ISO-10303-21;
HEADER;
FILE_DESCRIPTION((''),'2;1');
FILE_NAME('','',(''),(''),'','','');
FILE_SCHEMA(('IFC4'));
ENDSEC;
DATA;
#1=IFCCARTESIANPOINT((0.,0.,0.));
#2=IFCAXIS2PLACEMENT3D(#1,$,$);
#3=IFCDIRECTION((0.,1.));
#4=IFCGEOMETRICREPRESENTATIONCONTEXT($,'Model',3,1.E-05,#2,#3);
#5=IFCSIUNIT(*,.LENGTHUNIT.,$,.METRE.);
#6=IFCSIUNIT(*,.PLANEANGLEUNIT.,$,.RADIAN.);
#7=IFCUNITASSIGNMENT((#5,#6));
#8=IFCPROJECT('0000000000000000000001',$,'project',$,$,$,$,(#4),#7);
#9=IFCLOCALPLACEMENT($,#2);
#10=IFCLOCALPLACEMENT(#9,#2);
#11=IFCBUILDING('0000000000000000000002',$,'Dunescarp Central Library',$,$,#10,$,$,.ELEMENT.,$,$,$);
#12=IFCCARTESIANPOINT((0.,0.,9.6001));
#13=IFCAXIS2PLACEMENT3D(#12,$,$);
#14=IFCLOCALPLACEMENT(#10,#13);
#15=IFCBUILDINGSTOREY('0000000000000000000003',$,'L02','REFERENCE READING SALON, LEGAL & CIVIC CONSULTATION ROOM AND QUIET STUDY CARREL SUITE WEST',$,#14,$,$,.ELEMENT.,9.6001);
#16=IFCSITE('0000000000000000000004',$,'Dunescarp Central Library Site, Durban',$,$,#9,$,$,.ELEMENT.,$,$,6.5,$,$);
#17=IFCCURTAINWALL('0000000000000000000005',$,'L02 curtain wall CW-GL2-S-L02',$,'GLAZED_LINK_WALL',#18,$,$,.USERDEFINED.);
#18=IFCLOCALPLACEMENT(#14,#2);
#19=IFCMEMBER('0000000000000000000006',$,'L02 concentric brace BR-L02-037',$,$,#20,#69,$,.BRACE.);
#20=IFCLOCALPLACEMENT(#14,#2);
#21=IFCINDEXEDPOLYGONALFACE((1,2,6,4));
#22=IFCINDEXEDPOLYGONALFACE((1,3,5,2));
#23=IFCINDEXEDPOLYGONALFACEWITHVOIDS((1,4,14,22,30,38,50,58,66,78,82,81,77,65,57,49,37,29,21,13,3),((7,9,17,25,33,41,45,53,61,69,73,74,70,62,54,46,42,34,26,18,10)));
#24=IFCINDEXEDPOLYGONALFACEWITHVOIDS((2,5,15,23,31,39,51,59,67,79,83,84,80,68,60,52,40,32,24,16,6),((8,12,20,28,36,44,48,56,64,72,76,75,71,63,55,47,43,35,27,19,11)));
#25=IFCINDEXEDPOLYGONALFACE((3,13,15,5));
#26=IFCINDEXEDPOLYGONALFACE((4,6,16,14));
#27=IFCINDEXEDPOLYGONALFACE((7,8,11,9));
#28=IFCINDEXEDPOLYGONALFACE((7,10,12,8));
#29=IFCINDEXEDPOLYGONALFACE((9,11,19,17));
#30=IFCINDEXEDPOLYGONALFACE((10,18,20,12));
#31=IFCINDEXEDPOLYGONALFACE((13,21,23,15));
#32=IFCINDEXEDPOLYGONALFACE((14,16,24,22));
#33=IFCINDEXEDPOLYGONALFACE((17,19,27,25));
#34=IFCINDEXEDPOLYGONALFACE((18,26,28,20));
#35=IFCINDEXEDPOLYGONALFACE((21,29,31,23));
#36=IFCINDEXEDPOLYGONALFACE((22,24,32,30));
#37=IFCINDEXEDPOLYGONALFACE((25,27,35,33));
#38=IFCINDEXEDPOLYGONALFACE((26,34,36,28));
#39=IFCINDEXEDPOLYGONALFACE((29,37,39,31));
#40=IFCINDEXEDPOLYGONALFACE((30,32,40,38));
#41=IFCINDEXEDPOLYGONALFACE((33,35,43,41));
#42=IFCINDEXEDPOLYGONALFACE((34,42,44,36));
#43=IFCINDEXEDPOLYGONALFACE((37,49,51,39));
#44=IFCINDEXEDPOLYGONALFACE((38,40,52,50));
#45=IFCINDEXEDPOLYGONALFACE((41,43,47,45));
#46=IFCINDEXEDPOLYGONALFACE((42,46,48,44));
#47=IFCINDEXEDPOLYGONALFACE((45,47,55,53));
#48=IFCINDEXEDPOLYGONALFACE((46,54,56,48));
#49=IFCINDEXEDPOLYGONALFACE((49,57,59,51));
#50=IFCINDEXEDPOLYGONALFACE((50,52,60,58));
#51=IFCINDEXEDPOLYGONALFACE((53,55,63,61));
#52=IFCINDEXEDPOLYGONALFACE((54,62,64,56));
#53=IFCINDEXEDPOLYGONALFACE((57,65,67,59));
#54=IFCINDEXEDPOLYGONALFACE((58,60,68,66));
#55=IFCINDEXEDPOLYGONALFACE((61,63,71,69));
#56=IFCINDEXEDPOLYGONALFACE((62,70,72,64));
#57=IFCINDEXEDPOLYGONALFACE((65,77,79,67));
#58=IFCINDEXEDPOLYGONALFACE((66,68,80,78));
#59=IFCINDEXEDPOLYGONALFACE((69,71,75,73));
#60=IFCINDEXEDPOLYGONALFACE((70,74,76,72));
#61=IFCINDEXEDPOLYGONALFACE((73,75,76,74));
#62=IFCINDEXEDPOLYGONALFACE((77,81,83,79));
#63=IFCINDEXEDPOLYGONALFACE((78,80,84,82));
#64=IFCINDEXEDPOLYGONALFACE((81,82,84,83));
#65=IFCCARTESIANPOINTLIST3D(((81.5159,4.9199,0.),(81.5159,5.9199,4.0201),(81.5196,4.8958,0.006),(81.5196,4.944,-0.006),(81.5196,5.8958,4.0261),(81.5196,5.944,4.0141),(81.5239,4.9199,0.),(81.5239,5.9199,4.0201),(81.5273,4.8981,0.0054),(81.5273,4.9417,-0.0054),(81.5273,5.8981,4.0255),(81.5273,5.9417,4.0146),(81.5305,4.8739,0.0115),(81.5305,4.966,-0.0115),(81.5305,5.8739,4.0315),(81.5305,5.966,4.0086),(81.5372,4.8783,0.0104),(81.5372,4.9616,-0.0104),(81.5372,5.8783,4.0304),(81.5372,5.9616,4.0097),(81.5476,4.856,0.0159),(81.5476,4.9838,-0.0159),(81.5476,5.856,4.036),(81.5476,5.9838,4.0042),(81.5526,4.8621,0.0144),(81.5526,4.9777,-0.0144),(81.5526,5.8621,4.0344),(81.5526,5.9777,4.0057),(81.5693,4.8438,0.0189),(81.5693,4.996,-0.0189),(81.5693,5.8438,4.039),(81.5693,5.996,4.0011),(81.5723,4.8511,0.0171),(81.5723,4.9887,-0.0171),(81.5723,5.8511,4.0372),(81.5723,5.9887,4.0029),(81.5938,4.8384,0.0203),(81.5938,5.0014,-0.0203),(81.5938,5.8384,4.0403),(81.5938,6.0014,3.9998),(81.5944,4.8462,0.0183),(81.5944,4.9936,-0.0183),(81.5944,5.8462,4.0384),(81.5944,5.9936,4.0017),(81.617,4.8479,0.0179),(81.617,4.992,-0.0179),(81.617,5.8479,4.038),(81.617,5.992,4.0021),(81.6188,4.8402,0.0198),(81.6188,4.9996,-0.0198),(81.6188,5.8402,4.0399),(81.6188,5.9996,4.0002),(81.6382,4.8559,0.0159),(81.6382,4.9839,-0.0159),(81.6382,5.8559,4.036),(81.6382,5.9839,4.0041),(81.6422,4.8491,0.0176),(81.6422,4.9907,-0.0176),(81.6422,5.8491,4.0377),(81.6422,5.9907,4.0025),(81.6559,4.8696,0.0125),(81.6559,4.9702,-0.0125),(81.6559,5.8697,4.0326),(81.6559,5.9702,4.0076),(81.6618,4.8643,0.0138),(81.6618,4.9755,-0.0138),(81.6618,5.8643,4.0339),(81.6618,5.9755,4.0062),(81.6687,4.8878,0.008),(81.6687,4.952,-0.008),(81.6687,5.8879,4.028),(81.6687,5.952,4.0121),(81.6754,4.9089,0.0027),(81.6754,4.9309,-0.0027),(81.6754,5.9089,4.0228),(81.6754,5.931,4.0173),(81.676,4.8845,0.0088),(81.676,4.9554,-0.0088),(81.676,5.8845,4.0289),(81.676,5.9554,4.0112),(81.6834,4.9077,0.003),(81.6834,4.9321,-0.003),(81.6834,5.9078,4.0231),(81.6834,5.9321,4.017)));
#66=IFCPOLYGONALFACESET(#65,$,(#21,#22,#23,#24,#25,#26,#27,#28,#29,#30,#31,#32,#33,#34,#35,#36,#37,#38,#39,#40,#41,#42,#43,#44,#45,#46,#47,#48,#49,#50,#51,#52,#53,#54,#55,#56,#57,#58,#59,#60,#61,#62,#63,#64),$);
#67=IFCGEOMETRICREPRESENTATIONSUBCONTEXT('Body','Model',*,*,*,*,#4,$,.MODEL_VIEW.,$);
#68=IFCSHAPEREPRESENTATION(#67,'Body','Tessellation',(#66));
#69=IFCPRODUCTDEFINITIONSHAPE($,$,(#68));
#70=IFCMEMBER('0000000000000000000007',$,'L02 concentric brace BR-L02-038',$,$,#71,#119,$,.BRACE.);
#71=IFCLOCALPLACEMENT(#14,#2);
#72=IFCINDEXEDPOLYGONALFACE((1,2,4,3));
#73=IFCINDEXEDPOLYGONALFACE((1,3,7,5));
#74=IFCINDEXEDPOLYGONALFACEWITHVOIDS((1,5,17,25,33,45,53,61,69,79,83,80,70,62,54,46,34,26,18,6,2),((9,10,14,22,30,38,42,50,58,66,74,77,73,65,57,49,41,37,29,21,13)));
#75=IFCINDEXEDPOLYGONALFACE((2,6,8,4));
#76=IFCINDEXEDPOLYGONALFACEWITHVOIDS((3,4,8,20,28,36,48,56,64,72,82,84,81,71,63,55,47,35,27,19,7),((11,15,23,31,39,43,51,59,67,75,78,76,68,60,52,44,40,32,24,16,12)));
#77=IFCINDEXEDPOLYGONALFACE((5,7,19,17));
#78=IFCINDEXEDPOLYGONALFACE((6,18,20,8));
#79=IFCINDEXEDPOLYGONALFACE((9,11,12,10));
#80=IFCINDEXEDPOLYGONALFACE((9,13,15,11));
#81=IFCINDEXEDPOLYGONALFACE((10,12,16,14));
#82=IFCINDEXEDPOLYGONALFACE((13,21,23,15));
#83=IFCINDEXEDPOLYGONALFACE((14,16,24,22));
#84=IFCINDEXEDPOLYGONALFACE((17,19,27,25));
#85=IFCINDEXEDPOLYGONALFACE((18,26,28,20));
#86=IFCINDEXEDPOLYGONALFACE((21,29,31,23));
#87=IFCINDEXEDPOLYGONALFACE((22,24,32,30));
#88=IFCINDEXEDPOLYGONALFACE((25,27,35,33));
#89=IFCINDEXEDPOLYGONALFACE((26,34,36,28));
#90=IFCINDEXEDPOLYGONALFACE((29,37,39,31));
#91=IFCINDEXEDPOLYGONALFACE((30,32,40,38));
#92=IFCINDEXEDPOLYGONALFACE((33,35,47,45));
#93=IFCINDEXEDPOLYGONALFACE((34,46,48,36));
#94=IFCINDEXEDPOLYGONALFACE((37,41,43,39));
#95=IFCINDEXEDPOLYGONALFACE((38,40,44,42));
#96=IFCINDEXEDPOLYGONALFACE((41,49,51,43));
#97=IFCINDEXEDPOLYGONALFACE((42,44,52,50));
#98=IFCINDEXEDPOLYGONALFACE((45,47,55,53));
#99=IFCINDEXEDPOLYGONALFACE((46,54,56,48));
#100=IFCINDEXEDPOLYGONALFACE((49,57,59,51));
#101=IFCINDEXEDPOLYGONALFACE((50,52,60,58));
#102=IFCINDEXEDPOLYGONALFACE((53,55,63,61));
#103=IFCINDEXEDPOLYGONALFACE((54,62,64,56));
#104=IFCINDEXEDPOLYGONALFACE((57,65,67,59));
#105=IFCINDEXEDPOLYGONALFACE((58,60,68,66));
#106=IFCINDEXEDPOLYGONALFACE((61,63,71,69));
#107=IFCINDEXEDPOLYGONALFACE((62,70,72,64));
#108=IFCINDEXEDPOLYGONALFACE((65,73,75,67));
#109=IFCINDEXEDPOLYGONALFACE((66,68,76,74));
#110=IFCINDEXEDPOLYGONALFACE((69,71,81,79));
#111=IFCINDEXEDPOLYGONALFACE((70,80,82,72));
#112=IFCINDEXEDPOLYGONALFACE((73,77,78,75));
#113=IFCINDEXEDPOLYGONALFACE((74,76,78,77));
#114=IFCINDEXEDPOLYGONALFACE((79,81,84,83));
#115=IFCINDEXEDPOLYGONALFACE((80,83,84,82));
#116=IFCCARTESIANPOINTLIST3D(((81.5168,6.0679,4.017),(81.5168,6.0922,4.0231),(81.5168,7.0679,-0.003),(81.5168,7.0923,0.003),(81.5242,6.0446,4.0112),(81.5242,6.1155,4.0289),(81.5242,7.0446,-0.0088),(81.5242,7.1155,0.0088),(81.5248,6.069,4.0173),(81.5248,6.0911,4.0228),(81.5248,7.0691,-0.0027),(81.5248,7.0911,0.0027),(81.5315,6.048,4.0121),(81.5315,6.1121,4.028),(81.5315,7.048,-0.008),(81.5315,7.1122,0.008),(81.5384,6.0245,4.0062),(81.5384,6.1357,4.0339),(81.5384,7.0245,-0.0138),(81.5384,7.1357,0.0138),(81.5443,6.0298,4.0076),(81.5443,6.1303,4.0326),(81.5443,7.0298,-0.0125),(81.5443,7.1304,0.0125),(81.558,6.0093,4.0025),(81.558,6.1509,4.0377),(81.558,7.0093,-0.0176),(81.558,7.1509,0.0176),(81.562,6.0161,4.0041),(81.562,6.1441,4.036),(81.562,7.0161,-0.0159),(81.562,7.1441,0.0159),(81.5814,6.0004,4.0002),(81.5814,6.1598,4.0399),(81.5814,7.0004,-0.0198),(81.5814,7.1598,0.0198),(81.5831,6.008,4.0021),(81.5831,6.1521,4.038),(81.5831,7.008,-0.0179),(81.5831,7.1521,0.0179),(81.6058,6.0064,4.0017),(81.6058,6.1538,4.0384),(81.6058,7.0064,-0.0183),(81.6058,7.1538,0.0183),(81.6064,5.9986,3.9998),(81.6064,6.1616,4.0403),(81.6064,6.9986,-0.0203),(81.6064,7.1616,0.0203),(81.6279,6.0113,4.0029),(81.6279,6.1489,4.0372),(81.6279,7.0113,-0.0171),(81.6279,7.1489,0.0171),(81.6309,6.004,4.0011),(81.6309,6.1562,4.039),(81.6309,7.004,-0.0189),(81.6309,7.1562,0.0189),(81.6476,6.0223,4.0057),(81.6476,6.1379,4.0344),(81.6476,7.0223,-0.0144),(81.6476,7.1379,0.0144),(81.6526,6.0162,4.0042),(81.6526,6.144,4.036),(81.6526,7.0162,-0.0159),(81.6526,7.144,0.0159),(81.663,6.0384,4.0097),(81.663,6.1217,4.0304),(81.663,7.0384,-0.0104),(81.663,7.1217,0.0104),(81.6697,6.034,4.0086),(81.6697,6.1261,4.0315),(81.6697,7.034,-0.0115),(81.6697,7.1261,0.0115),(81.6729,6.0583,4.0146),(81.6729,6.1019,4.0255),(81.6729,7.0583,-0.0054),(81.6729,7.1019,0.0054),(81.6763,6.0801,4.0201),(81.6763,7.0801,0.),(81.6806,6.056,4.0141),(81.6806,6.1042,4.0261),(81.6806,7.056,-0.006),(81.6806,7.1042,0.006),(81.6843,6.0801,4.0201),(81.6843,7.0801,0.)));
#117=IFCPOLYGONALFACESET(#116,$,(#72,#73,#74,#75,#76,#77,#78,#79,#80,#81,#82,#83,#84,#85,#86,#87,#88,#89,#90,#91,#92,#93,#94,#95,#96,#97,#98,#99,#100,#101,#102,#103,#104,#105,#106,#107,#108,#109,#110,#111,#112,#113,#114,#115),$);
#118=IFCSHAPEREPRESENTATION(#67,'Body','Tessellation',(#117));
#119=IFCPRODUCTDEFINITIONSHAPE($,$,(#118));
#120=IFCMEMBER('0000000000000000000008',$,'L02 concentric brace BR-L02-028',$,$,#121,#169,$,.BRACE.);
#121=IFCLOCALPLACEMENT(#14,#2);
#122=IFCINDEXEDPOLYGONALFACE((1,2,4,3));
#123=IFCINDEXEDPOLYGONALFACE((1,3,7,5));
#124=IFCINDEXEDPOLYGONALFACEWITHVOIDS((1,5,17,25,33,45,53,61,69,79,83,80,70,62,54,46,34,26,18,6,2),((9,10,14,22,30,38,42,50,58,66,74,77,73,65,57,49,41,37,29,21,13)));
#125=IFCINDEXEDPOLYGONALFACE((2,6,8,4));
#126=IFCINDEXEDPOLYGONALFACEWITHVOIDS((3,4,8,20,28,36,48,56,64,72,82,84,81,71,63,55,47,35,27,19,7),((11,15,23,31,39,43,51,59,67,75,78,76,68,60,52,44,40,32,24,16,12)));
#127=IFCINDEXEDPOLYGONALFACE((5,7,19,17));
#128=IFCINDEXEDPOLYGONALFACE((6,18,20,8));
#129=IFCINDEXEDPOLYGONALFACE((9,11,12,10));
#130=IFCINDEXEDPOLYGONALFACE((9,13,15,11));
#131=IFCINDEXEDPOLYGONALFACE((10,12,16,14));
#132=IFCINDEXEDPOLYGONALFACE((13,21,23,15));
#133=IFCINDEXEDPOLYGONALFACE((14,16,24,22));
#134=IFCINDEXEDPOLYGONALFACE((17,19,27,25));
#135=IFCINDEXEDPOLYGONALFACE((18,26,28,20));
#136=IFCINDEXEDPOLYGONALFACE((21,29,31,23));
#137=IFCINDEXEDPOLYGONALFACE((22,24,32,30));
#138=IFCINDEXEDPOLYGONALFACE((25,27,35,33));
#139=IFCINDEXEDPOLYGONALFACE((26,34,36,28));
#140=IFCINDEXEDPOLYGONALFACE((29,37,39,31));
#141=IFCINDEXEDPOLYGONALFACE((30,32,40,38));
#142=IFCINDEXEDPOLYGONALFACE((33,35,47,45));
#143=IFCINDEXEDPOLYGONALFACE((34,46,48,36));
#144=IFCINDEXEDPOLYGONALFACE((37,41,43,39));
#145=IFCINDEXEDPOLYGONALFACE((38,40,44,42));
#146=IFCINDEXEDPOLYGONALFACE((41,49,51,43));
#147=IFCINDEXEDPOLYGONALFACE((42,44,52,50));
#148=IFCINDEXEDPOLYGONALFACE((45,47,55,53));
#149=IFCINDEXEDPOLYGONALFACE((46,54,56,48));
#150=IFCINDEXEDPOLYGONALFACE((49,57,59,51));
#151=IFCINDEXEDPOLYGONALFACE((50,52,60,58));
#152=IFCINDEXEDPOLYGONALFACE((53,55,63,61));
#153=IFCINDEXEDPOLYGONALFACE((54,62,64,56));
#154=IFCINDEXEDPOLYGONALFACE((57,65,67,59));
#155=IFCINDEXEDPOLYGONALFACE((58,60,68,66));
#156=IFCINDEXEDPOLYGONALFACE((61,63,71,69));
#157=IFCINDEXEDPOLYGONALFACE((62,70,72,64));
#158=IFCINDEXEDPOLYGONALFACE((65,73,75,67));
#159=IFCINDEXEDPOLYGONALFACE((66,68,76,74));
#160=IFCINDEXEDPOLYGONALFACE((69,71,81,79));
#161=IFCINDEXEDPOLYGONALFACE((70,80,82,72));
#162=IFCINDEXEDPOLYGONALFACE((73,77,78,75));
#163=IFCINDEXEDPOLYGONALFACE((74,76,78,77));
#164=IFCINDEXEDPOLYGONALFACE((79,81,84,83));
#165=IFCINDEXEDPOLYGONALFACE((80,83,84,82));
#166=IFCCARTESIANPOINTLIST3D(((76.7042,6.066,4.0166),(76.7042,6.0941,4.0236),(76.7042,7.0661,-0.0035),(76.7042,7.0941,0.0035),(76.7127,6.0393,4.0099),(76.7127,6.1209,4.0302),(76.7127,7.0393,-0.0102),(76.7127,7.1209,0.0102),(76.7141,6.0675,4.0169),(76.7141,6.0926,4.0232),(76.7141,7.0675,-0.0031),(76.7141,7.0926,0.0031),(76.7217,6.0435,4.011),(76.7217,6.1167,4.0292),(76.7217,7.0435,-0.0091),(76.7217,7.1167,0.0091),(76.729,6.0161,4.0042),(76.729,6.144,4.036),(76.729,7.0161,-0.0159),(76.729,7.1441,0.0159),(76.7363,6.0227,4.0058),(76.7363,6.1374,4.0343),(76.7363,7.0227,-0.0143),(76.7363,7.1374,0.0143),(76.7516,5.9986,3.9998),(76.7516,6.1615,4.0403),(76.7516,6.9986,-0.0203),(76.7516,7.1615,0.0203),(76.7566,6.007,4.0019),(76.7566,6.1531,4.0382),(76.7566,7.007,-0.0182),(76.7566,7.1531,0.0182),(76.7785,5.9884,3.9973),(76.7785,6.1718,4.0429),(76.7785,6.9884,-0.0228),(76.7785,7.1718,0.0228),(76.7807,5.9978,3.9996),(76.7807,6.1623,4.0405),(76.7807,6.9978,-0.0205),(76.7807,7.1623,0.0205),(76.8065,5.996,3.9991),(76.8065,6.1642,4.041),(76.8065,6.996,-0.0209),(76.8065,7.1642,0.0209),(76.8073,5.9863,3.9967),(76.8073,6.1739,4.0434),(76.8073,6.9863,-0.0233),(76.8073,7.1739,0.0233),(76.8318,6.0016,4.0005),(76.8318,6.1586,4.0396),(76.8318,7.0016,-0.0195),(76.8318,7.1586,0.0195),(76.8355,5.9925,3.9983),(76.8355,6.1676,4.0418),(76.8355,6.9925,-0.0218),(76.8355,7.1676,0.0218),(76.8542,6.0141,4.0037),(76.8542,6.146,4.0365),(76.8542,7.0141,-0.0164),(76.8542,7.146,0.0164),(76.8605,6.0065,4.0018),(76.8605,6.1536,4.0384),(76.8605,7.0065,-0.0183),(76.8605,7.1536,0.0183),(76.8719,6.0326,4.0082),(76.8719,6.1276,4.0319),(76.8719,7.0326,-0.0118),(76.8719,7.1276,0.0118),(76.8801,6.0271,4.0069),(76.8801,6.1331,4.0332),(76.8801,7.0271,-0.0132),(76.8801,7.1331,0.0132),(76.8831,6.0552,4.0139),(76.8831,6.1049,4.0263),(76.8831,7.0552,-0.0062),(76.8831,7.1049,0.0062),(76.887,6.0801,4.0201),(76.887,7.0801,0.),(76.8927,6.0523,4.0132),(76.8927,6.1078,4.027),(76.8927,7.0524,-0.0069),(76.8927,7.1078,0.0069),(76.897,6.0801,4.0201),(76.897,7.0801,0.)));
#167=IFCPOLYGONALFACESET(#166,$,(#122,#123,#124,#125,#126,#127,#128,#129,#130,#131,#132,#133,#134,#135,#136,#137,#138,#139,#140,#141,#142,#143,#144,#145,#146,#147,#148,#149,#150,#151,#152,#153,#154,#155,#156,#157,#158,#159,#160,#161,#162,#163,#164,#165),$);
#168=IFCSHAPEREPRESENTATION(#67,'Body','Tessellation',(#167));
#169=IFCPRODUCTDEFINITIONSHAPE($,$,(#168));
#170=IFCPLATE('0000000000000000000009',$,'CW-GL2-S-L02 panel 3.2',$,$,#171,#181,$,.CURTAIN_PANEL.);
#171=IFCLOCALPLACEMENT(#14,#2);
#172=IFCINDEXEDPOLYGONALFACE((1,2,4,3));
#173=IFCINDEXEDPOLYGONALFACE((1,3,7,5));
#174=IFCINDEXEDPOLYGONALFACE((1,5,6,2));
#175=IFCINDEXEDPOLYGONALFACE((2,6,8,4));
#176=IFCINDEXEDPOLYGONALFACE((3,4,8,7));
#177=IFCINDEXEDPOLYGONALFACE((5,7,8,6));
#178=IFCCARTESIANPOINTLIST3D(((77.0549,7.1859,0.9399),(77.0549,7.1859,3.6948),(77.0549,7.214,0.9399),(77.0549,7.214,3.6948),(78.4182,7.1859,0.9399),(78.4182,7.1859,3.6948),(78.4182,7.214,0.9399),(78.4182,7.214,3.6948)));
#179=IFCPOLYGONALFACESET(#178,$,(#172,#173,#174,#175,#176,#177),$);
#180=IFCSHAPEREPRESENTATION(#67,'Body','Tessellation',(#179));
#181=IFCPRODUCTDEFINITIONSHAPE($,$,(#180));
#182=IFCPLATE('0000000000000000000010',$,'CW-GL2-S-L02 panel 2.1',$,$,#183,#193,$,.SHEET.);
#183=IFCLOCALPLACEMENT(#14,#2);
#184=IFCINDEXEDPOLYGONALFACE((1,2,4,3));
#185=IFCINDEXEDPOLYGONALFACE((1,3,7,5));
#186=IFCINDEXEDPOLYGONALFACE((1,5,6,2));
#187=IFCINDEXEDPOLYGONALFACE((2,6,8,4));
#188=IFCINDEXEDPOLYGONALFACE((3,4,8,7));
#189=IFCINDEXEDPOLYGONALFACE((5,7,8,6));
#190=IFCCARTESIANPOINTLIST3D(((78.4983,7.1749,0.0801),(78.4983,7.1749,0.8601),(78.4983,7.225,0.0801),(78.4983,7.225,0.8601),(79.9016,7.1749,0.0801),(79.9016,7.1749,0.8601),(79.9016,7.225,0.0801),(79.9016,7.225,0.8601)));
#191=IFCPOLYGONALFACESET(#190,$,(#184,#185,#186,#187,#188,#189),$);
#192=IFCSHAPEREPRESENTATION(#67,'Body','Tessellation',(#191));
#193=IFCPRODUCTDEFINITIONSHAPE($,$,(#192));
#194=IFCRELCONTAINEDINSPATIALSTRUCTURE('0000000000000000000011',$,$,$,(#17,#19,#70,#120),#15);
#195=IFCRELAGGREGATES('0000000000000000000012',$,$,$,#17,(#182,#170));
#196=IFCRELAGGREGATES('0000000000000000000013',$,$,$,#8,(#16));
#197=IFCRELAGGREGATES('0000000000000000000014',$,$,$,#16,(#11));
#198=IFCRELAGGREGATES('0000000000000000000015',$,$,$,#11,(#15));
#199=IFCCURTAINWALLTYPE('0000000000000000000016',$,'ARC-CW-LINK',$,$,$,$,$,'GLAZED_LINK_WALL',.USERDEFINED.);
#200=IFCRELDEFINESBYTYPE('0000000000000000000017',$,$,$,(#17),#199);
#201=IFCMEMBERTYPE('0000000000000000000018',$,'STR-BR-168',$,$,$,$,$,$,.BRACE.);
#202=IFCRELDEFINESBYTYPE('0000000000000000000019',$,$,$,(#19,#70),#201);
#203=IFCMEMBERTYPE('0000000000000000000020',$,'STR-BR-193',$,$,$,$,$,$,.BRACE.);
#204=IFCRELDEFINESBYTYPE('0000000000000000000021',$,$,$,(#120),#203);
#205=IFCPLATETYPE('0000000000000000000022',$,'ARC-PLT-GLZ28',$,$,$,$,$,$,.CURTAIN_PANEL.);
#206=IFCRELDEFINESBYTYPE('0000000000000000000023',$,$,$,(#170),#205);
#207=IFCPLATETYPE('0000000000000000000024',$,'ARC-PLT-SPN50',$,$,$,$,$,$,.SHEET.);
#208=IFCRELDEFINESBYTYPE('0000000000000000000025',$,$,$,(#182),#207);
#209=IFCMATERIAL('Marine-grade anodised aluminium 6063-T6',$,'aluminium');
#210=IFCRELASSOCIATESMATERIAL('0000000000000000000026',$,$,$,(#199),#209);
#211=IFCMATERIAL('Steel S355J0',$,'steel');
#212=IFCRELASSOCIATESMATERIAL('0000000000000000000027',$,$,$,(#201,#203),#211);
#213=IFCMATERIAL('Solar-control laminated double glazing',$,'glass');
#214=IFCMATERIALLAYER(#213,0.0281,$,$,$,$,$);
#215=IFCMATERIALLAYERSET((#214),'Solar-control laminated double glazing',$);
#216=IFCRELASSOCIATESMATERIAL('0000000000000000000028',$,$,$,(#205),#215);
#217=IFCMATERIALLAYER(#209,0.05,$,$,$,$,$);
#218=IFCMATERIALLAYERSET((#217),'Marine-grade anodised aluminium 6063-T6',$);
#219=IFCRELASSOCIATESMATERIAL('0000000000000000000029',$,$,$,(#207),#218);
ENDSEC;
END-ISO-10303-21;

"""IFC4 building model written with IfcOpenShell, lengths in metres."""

from ifc_helpers import new_model, si_unit, direction, frame, origin, origin_2d, place, context, subcontext, project, spatial, rectangle, hollow_circle, extrude, material, layer, layer_set, material_profile, profile_set, type_object, element, aggregate, save


model = new_model("IFC4")

# Units and contexts
model_context = context("Model", 3, precision=1e-05, world=origin(), true_north=direction((0.0, 1.0)))
body_context = subcontext(model_context, "Body", "Model", "MODEL_VIEW")
ifc_project = project(units=[si_unit("LENGTHUNIT", "METRE"), si_unit("PLANEANGLEUNIT", "RADIAN")], contexts=[model_context])

# Site, building, storey
site_placement = place(None, origin())
site = spatial("IfcSite", under=ifc_project, at=site_placement, Name="Dunescarp Central Library Site, Durban", CompositionType="ELEMENT", RefElevation=6.5)
building_placement = place(site_placement, origin())
building = spatial("IfcBuilding", under=site, at=building_placement, Name="Dunescarp Central Library", CompositionType="ELEMENT")
storey_placement = place(building_placement, frame((0.0, 0.0, 9.6001)))
storey = spatial("IfcBuildingStorey", under=building, at=storey_placement, Name="L02", Description="REFERENCE READING SALON, LEGAL & CIVIC CONSULTATION ROOM AND QUIET STUDY CARREL SUITE WEST", CompositionType="ELEMENT", Elevation=9.6001)

# Curtain wall
ifc_material_1 = material(Name="Marine-grade anodised aluminium 6063-T6", Category="aluminium")
curtain_wall_type = type_object("IfcCurtainWallType", Name="ARC-CW-LINK", ElementType="GLAZED_LINK_WALL", PredefinedType="USERDEFINED", material=ifc_material_1)
curtain_wall_placement = place(storey_placement, origin())
curtain_wall = element("IfcCurtainWall", 1, at=curtain_wall_placement, inside=storey, type_object=curtain_wall_type, Name="L02 curtain wall CW-GL2-S-L02", ObjectType="GLAZED_LINK_WALL", PredefinedType="USERDEFINED")

# Members
ifc_material_2 = material(Name="Steel S355J0", Category="steel")
ifc_material_profile_1 = material_profile(ifc_material_2, hollow_circle(Radius=0.0842, WallThickness=0.0081, at=origin_2d()), Name="CHS 168.3x8")
ifc_profile_set_1 = profile_set([ifc_material_profile_1], Name="Steel S355J0")
member_type_1 = type_object("IfcMemberType", Name="STR-BR-168", PredefinedType="BRACE", material=ifc_profile_set_1)
for number, where, z_axis, x_axis, name in (
    (2, (81.6001, 4.9199, 0.0), (0.0, 0.241398, 0.970426), (-1.0, 0.0, 0.0), "L02 concentric brace BR-L02-037"),
    (3, (81.6001, 7.0801, 0.0), (0.0, -0.241398, 0.970426), (1.0, 0.0, 0.0), "L02 concentric brace BR-L02-038"),
):
    element("IfcMember", number, at=place(storey_placement, frame(where, z_axis=z_axis, x_axis=x_axis)), inside=storey, type_object=member_type_1, Name=name, PredefinedType="BRACE", context=body_context, shape_type="SweptSolid", body=[
        extrude(hollow_circle(Radius=0.0842, WallThickness=0.0081, at=origin_2d()), origin(), (0.0, 0.0, 1.0), 4.1426),
    ])
ifc_material_profile_2 = material_profile(ifc_material_2, hollow_circle(Radius=0.0969, WallThickness=0.01, at=origin_2d()), Name="CHS 193.7x10")
ifc_profile_set_2 = profile_set([ifc_material_profile_2], Name="Steel S355J0")
member_type_2 = type_object("IfcMemberType", Name="STR-BR-193", PredefinedType="BRACE", material=ifc_profile_set_2)
member_1_placement = place(storey_placement, frame((76.8, 7.0801, 0.0), z_axis=(0.0, -0.241398, 0.970426), x_axis=(1.0, 0.0, 0.0)))
element("IfcMember", 4, at=member_1_placement, inside=storey, type_object=member_type_2, Name="L02 concentric brace BR-L02-028", PredefinedType="BRACE", context=body_context, shape_type="SweptSolid", body=[
    extrude(hollow_circle(Radius=0.0969, WallThickness=0.01, at=origin_2d()), origin(), (0.0, 0.0, 1.0), 4.1426),
])

# Plates
ifc_material_3 = material(Name="Solar-control laminated double glazing", Category="glass")
ifc_layer_1 = layer(ifc_material_3, 0.0281)
ifc_layer_set_1 = layer_set([ifc_layer_1], Name="Solar-control laminated double glazing")
plate_type_1 = type_object("IfcPlateType", Name="ARC-PLT-GLZ28", PredefinedType="CURTAIN_PANEL", material=ifc_layer_set_1)
plate_1_placement = place(storey_placement, frame((77.7366, 7.2, 0.9399), z_axis=(0.0, 0.0, 1.0), x_axis=(-1.0, 0.0, 0.0)))
plate_1 = element("IfcPlate", 5, at=plate_1_placement, type_object=plate_type_1, Name="CW-GL2-S-L02 panel 3.2", PredefinedType="CURTAIN_PANEL", context=body_context, shape_type="SweptSolid", body=[
    extrude(rectangle(XDim=1.3633, YDim=0.0281, at=origin_2d()), origin(), (0.0, 0.0, 1.0), 2.7549),
])
ifc_layer_2 = layer(ifc_material_1, 0.05)
ifc_layer_set_2 = layer_set([ifc_layer_2], Name="Marine-grade anodised aluminium 6063-T6")
plate_type_2 = type_object("IfcPlateType", Name="ARC-PLT-SPN50", PredefinedType="SHEET", material=ifc_layer_set_2)
plate_2_placement = place(storey_placement, frame((79.2, 7.2, 0.0801), z_axis=(0.0, 0.0, 1.0), x_axis=(-1.0, 0.0, 0.0)))
plate_2 = element("IfcPlate", 6, at=plate_2_placement, type_object=plate_type_2, Name="CW-GL2-S-L02 panel 2.1", PredefinedType="SHEET", context=body_context, shape_type="SweptSolid", body=[
    extrude(rectangle(XDim=1.4033, YDim=0.05, at=origin_2d()), origin(), (0.0, 0.0, 1.0), 0.78),
])
aggregate(curtain_wall, [plate_2, plate_1])

save(model, "model.ifc")
